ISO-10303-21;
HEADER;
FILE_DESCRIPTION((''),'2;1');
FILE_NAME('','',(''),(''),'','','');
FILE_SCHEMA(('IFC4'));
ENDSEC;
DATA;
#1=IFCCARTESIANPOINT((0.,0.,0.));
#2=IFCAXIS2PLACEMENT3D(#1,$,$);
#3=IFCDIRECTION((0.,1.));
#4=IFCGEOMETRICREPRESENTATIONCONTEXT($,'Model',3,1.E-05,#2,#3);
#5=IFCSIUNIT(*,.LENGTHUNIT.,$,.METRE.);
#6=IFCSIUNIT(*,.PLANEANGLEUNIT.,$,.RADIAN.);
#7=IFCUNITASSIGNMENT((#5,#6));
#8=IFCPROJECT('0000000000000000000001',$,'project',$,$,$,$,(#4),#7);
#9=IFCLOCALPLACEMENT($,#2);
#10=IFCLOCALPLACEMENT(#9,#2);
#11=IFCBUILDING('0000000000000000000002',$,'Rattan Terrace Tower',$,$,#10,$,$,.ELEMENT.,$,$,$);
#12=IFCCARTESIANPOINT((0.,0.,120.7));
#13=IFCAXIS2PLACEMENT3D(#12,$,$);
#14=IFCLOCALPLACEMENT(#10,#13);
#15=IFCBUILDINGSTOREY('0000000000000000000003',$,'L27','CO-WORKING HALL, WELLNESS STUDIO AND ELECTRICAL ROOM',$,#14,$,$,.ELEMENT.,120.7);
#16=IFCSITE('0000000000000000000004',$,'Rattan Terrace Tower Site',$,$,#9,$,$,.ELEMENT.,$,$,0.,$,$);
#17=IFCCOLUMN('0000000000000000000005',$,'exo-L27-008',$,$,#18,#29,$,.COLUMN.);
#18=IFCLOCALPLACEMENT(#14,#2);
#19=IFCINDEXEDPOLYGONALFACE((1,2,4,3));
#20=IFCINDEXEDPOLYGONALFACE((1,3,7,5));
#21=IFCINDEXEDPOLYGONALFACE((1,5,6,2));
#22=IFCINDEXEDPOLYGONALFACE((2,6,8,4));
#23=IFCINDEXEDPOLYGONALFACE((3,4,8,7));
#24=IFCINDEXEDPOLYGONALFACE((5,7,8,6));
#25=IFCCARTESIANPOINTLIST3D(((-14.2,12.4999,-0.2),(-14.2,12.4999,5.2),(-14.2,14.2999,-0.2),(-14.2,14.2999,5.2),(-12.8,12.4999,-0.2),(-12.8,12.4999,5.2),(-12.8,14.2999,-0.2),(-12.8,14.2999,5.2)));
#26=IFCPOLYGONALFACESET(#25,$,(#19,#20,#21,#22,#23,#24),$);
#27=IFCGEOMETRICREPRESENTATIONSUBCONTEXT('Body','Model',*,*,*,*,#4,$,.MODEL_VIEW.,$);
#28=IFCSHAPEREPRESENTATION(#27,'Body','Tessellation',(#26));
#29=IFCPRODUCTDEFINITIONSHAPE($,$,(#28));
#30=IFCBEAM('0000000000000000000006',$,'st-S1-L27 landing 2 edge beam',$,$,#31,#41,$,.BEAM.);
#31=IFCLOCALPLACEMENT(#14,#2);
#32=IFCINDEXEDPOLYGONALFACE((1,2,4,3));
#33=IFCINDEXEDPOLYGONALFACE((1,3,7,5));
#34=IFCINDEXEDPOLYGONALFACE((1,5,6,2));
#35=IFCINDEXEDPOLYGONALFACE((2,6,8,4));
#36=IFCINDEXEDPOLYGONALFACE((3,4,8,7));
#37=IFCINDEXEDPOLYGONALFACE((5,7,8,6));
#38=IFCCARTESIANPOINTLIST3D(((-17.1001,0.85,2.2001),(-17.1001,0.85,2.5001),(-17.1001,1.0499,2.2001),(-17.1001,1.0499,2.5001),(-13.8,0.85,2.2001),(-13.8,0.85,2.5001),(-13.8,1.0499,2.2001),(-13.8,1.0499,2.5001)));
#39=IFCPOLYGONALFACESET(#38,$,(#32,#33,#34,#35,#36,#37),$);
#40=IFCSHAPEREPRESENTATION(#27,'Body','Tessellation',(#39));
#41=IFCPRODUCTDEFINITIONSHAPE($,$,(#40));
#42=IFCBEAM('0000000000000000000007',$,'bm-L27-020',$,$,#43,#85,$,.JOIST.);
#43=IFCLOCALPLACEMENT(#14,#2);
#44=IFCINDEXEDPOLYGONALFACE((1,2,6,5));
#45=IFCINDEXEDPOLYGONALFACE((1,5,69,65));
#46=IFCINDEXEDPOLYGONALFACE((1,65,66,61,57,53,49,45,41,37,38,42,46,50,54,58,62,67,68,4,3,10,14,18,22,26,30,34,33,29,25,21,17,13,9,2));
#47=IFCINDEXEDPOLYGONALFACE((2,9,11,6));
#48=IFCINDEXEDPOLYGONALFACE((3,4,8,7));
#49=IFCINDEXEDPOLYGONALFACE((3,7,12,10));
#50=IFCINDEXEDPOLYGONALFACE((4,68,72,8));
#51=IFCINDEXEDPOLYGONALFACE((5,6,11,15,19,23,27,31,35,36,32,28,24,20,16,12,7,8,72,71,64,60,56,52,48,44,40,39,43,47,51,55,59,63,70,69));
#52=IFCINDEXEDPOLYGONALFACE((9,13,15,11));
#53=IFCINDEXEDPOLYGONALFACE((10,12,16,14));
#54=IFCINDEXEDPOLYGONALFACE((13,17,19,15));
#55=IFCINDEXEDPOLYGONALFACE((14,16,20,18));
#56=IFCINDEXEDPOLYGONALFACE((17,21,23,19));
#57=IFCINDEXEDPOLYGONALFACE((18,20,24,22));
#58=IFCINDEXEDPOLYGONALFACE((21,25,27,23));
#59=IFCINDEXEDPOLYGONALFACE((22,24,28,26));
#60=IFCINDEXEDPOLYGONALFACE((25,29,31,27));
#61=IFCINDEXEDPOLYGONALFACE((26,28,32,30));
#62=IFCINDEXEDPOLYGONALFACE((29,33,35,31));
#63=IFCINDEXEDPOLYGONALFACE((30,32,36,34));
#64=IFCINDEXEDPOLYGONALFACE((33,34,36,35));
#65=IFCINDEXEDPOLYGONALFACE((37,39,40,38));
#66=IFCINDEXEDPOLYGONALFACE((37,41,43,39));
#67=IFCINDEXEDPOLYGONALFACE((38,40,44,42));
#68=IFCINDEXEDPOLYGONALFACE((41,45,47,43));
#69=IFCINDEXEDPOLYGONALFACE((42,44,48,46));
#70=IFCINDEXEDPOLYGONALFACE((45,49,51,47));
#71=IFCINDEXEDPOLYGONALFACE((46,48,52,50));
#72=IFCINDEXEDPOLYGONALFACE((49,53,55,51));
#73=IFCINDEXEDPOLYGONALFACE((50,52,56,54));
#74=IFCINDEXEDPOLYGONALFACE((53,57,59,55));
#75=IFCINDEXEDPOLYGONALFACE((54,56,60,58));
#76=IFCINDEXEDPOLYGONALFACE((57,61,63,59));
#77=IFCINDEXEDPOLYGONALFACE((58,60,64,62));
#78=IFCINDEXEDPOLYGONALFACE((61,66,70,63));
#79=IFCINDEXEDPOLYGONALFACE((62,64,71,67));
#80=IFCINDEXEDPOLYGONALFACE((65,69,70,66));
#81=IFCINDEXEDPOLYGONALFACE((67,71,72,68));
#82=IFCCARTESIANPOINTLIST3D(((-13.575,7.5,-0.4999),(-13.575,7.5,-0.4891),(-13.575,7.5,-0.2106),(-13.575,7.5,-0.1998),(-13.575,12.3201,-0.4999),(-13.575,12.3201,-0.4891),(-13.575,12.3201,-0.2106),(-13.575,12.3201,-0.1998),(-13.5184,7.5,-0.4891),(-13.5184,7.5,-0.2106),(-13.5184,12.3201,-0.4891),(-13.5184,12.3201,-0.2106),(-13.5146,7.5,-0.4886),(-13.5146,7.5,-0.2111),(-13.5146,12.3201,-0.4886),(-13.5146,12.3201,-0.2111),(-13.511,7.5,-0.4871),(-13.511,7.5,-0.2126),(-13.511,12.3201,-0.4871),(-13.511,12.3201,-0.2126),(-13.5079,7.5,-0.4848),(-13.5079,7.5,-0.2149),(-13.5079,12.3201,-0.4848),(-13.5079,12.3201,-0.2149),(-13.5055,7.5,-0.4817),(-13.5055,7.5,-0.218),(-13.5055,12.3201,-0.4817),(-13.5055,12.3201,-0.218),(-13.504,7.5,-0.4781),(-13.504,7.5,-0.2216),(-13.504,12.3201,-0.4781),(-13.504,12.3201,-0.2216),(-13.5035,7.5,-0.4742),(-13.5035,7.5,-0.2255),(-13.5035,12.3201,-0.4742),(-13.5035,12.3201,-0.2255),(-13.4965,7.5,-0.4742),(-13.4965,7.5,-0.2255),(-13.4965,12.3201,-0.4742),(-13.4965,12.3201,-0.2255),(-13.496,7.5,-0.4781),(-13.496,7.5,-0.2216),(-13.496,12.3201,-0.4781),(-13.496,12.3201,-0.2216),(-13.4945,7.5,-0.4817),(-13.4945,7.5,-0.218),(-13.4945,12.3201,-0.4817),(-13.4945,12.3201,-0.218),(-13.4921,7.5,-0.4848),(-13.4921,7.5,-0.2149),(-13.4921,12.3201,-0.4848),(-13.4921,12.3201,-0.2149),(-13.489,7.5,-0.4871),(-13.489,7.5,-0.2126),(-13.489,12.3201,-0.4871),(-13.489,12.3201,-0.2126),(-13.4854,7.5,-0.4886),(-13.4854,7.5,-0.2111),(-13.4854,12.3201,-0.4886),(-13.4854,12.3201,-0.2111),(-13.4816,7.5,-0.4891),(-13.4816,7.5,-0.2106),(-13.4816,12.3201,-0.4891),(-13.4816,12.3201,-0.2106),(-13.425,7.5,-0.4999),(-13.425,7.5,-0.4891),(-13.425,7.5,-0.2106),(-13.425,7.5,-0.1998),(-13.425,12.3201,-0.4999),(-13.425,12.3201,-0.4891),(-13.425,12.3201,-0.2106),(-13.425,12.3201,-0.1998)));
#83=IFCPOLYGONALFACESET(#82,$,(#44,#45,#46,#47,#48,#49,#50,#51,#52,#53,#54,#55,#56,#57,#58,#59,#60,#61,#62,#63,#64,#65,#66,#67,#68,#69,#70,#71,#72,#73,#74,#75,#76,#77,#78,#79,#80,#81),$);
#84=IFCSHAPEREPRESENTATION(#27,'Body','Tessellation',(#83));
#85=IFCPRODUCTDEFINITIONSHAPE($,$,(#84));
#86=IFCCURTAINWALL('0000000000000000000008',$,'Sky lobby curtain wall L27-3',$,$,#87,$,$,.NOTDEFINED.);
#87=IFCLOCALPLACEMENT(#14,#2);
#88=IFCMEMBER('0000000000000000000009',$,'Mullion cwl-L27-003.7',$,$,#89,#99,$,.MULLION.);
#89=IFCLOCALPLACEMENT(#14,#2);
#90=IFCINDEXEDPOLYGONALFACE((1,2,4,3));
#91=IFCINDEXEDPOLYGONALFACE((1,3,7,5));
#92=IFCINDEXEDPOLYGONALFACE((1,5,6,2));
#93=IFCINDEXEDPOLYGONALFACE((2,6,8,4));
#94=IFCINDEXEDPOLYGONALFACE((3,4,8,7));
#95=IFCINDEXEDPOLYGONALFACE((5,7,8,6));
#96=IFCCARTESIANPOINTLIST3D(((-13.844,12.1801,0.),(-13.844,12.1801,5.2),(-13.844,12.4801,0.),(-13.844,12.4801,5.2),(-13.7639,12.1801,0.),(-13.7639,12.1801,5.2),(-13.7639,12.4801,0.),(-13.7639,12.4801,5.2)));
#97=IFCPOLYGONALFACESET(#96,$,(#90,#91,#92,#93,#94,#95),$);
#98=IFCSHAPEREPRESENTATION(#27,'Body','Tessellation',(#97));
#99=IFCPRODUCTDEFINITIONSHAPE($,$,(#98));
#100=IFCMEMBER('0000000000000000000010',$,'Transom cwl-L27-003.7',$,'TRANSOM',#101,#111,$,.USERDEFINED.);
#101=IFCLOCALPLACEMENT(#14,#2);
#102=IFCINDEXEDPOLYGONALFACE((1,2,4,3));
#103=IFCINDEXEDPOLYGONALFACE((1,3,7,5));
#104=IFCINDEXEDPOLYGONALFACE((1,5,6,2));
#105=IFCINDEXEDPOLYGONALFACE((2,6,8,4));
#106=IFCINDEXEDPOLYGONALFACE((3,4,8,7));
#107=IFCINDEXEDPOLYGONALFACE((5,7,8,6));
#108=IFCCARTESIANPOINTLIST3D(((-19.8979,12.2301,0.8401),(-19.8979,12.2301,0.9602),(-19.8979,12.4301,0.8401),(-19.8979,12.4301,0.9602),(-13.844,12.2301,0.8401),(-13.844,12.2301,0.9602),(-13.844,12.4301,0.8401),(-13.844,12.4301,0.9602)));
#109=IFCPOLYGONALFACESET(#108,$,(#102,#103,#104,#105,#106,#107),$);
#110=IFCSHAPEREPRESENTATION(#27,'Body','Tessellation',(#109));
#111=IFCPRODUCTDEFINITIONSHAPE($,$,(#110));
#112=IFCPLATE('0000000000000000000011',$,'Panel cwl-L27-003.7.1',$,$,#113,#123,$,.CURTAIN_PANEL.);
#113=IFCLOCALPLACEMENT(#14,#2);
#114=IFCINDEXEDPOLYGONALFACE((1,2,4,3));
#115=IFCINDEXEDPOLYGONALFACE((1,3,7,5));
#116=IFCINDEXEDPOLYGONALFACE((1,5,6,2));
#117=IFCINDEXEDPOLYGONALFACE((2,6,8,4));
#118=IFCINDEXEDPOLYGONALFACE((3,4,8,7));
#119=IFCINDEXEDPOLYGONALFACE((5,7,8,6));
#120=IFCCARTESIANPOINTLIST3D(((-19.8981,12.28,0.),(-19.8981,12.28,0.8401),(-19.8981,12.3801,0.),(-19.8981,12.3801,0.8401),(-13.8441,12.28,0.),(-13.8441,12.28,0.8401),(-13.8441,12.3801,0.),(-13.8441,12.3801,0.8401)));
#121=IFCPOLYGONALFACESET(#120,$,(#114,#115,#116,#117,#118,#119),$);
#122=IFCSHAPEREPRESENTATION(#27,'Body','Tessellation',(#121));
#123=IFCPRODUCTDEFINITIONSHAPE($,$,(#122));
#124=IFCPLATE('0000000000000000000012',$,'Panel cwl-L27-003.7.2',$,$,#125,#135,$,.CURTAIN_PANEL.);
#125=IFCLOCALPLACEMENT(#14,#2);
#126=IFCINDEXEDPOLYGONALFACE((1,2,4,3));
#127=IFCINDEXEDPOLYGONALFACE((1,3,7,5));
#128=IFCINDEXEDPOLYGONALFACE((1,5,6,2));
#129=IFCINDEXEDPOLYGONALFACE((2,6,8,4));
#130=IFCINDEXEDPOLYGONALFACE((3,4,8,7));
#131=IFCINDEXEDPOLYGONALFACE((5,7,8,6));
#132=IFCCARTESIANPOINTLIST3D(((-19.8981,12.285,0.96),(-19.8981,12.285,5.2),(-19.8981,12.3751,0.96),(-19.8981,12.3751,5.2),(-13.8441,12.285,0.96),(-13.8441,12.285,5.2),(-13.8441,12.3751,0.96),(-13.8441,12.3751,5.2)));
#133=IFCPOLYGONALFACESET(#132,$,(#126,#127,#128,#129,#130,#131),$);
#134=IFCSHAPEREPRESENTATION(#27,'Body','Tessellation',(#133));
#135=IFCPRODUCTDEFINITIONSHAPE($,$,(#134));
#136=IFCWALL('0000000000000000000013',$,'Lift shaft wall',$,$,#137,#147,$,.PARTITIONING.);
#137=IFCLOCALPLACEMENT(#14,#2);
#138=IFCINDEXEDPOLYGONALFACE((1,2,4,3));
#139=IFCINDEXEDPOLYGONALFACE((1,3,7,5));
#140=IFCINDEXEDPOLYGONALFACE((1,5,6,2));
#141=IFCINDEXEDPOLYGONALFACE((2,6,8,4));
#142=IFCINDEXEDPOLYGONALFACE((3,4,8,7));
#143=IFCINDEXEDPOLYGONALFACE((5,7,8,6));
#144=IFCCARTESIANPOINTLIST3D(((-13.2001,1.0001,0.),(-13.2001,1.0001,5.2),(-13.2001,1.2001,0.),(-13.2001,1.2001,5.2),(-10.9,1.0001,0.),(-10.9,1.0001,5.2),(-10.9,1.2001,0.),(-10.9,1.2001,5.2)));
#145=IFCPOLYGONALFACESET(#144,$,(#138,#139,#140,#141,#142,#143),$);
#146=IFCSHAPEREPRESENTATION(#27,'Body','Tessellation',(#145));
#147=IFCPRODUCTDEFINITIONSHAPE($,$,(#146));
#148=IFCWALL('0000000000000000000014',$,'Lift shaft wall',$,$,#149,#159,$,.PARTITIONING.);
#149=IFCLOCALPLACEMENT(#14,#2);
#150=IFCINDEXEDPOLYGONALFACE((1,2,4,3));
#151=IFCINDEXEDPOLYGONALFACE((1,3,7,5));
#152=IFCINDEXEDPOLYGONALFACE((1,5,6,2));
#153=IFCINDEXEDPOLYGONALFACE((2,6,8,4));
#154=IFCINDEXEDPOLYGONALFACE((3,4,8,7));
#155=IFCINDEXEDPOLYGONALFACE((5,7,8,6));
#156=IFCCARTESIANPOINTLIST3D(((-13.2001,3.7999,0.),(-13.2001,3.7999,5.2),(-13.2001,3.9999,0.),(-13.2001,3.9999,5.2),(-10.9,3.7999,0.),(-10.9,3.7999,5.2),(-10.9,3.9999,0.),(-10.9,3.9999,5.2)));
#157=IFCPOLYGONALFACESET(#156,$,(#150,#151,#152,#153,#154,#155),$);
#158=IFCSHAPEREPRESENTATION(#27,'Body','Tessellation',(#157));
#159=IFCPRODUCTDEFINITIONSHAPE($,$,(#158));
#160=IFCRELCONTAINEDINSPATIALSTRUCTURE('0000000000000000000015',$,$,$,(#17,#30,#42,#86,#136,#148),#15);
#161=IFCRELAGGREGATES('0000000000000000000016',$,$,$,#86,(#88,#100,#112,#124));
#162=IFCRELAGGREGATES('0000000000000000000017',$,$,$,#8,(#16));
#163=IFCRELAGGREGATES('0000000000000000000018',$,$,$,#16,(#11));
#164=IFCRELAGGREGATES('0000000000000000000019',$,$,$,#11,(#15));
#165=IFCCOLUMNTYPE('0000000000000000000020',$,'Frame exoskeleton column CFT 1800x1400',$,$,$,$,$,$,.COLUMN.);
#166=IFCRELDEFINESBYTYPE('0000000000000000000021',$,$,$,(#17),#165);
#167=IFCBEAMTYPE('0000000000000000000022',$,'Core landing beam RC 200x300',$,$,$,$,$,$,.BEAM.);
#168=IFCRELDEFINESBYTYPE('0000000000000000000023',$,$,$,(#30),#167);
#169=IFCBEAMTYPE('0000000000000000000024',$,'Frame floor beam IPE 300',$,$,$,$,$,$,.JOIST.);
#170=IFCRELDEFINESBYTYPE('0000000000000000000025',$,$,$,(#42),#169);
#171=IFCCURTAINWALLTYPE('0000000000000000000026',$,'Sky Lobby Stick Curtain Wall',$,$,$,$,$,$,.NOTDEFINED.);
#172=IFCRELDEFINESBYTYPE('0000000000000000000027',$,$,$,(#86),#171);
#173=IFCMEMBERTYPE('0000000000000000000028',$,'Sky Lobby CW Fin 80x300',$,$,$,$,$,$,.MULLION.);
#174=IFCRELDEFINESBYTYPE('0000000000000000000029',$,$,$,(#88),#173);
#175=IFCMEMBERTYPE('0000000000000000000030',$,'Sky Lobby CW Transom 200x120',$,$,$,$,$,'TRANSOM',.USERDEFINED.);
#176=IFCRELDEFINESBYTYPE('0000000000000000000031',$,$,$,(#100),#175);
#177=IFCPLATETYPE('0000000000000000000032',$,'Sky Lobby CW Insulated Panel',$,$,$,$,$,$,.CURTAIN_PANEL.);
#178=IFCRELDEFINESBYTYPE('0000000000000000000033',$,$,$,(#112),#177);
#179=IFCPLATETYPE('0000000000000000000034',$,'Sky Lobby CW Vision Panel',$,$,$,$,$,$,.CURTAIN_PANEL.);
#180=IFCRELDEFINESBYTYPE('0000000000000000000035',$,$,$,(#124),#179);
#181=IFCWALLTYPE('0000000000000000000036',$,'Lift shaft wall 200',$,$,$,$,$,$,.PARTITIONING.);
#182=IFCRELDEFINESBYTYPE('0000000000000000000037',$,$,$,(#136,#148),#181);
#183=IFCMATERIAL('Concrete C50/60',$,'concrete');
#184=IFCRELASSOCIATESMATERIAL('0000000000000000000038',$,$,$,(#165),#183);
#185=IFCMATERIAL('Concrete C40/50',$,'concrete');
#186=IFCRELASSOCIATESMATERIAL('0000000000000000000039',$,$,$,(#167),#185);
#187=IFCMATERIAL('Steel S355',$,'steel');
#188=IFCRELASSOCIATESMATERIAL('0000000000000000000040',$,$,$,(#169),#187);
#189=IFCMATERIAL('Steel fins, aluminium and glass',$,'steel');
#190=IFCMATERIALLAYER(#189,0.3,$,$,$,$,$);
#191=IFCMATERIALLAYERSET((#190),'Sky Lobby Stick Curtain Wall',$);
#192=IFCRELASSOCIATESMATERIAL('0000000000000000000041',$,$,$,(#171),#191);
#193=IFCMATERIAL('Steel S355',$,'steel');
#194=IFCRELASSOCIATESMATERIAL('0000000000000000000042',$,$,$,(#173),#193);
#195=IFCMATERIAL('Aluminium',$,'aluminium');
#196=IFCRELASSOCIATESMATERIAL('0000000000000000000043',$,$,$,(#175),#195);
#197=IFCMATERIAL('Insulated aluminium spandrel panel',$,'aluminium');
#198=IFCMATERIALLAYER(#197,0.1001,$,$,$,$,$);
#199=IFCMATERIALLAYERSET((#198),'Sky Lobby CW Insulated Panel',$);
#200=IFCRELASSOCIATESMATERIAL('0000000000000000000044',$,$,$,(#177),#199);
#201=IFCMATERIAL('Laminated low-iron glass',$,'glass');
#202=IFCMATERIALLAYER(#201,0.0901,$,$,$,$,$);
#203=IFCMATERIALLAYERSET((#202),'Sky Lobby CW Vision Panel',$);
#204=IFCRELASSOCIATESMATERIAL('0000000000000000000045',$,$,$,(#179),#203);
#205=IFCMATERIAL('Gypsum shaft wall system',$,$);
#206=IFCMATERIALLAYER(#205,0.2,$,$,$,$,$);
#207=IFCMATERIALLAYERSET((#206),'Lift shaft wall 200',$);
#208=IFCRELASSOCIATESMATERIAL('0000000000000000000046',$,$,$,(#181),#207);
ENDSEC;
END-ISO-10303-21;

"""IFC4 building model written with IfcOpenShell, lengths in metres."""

from ifc_helpers import new_model, si_unit, direction, frame, frame_2d, origin, origin_2d, place, context, subcontext, project, spatial, rectangle, i_section, extrude, material, layer, layer_set, material_profile, profile_set, type_object, element, aggregate, save


model = new_model("IFC4")

# Units and contexts
model_context = context("Model", 3, precision=1e-05, world=origin(), true_north=direction((0.0, 1.0)))
body_context = subcontext(model_context, "Body", "Model", "MODEL_VIEW")
ifc_project = project(units=[si_unit("LENGTHUNIT", "METRE"), si_unit("PLANEANGLEUNIT", "RADIAN")], contexts=[model_context])

# Site, building, storey
site_placement = place(None, origin())
site = spatial("IfcSite", under=ifc_project, at=site_placement, Name="Rattan Terrace Tower Site", CompositionType="ELEMENT", RefElevation=0.0)
building_placement = place(site_placement, origin())
building = spatial("IfcBuilding", under=site, at=building_placement, Name="Rattan Terrace Tower", CompositionType="ELEMENT")
storey_placement = place(building_placement, frame((0.0, 0.0, 120.7)))
storey = spatial("IfcBuildingStorey", under=building, at=storey_placement, Name="L27", Description="CO-WORKING HALL, WELLNESS STUDIO AND ELECTRICAL ROOM", CompositionType="ELEMENT", Elevation=120.7)

# Column
ifc_material_1 = material(Name="Concrete C50/60", Category="concrete")
ifc_material_profile_1 = material_profile(ifc_material_1, rectangle(XDim=1.3999, YDim=1.8, at=origin_2d()), Name="CFT 1800x1400")
ifc_profile_set_1 = profile_set([ifc_material_profile_1], Name="Concrete C50/60")
column_type = type_object("IfcColumnType", Name="Frame exoskeleton column CFT 1800x1400", PredefinedType="COLUMN", material=ifc_profile_set_1)
column_placement = place(storey_placement, frame((-13.5, 13.3999, -0.2), z_axis=(0.0, 0.0, 1.0), x_axis=(1.0, 0.0, 0.0)))
element("IfcColumn", 1, at=column_placement, inside=storey, type_object=column_type, Name="exo-L27-008", PredefinedType="COLUMN", context=body_context, shape_type="SweptSolid", body=[
    extrude(rectangle(XDim=1.3999, YDim=1.8, at=origin_2d()), origin(), (0.0, 0.0, 1.0), 5.3999),
])

# Beams
ifc_material_2 = material(Name="Concrete C40/50", Category="concrete")
ifc_material_profile_2 = material_profile(ifc_material_2, rectangle(XDim=0.2, YDim=0.3, at=origin_2d()), Name="RC 200x300")
ifc_profile_set_2 = profile_set([ifc_material_profile_2], Name="Concrete C40/50")
beam_type_1 = type_object("IfcBeamType", Name="Core landing beam RC 200x300", PredefinedType="BEAM", material=ifc_profile_set_2)
beam_1_placement = place(storey_placement, frame((-17.1001, 0.95, 2.3501), z_axis=(1.0, 0.0, 0.0), x_axis=(0.0, 1.0, 0.0)))
element("IfcBeam", 2, at=beam_1_placement, inside=storey, type_object=beam_type_1, Name="st-S1-L27 landing 2 edge beam", PredefinedType="BEAM", context=body_context, shape_type="SweptSolid", body=[
    extrude(rectangle(XDim=0.2, YDim=0.3, at=origin_2d()), origin(), (0.0, 0.0, 1.0), 3.3),
])
ifc_material_3 = material(Name="Steel S355", Category="steel")
ifc_material_profile_3 = material_profile(ifc_material_3, i_section(OverallWidth=0.1499, OverallDepth=0.3, WebThickness=0.0071, FlangeThickness=0.0107, FilletRadius=0.0149, at=origin_2d()), Name="IPE 300")
ifc_profile_set_3 = profile_set([ifc_material_profile_3], Name="Steel S355")
beam_type_2 = type_object("IfcBeamType", Name="Frame floor beam IPE 300", PredefinedType="JOIST", material=ifc_profile_set_3)
beam_2_placement = place(storey_placement, frame((-13.5, 7.5, -0.3499), z_axis=(0.0, 1.0, 0.0), x_axis=(-1.0, 0.0, 0.0)))
element("IfcBeam", 3, at=beam_2_placement, inside=storey, type_object=beam_type_2, Name="bm-L27-020", PredefinedType="JOIST", context=body_context, shape_type="SweptSolid", body=[
    extrude(i_section(OverallWidth=0.1499, OverallDepth=0.3, WebThickness=0.0071, FlangeThickness=0.0107, FilletRadius=0.0149, at=origin_2d()), origin(), (0.0, 0.0, 1.0), 4.8201),
])

# Curtain wall, members, plates
ifc_material_4 = material(Name="Steel fins, aluminium and glass", Category="steel")
ifc_layer_1 = layer(ifc_material_4, 0.3)
ifc_layer_set_1 = layer_set([ifc_layer_1], Name="Sky Lobby Stick Curtain Wall")
curtain_wall_type = type_object("IfcCurtainWallType", Name="Sky Lobby Stick Curtain Wall", PredefinedType="NOTDEFINED", material=ifc_layer_set_1)
curtain_wall_placement = place(storey_placement, origin())
curtain_wall = element("IfcCurtainWall", 4, at=curtain_wall_placement, inside=storey, type_object=curtain_wall_type, Name="Sky lobby curtain wall L27-3", PredefinedType="NOTDEFINED")
ifc_material_5 = material(Name="Steel S355", Category="steel")
ifc_material_profile_4 = material_profile(ifc_material_5, rectangle(XDim=0.0801, YDim=0.3, at=origin_2d()), Name="Steel S355 80x300")
ifc_profile_set_4 = profile_set([ifc_material_profile_4], Name="Steel S355")
member_type_1 = type_object("IfcMemberType", Name="Sky Lobby CW Fin 80x300", PredefinedType="MULLION", material=ifc_profile_set_4)
member_1_placement = place(storey_placement, frame((-13.804, 12.3301, 0.0), z_axis=(0.0, 0.0, 1.0), x_axis=(-1.0, 0.0, 0.0)))
member_1 = element("IfcMember", 5, at=member_1_placement, type_object=member_type_1, Name="Mullion cwl-L27-003.7", PredefinedType="MULLION", context=body_context, shape_type="SweptSolid", body=[
    extrude(rectangle(XDim=0.0801, YDim=0.3, at=origin_2d()), origin(), (0.0, 0.0, 1.0), 5.2),
])
ifc_material_6 = material(Name="Aluminium", Category="aluminium")
ifc_material_profile_5 = material_profile(ifc_material_6, rectangle(XDim=0.2, YDim=0.1201, at=origin_2d()), Name="Aluminium 200x120")
ifc_profile_set_5 = profile_set([ifc_material_profile_5], Name="Aluminium")
member_type_2 = type_object("IfcMemberType", Name="Sky Lobby CW Transom 200x120", ElementType="TRANSOM", PredefinedType="USERDEFINED", material=ifc_profile_set_5)
member_2_placement = place(storey_placement, frame((-13.844, 12.3301, 0.9001), z_axis=(-1.0, 0.0, 0.0), x_axis=(0.0, -1.0, 0.0)))
member_2 = element("IfcMember", 6, at=member_2_placement, type_object=member_type_2, Name="Transom cwl-L27-003.7", ObjectType="TRANSOM", PredefinedType="USERDEFINED", context=body_context, shape_type="SweptSolid", body=[
    extrude(rectangle(XDim=0.2, YDim=0.1201, at=origin_2d()), origin(), (0.0, 0.0, 1.0), 6.054),
])
ifc_material_7 = material(Name="Insulated aluminium spandrel panel", Category="aluminium")
ifc_layer_2 = layer(ifc_material_7, 0.1001)
ifc_layer_set_2 = layer_set([ifc_layer_2], Name="Sky Lobby CW Insulated Panel")
plate_type_1 = type_object("IfcPlateType", Name="Sky Lobby CW Insulated Panel", PredefinedType="CURTAIN_PANEL", material=ifc_layer_set_2)
plate_1_placement = place(storey_placement, frame((-16.8711, 12.3301, 0.0), z_axis=(0.0, 0.0, 1.0), x_axis=(-1.0, 0.0, 0.0)))
plate_1 = element("IfcPlate", 7, at=plate_1_placement, type_object=plate_type_1, Name="Panel cwl-L27-003.7.1", PredefinedType="CURTAIN_PANEL", context=body_context, shape_type="SweptSolid", body=[
    extrude(rectangle(XDim=6.054, YDim=0.1001, at=origin_2d()), origin(), (0.0, 0.0, 1.0), 0.8401),
])
ifc_material_8 = material(Name="Laminated low-iron glass", Category="glass")
ifc_layer_3 = layer(ifc_material_8, 0.0901)
ifc_layer_set_3 = layer_set([ifc_layer_3], Name="Sky Lobby CW Vision Panel")
plate_type_2 = type_object("IfcPlateType", Name="Sky Lobby CW Vision Panel", PredefinedType="CURTAIN_PANEL", material=ifc_layer_set_3)
plate_2_placement = place(storey_placement, frame((-16.8711, 12.3301, 0.96), z_axis=(0.0, 0.0, 1.0), x_axis=(-1.0, 0.0, 0.0)))
plate_2 = element("IfcPlate", 8, at=plate_2_placement, type_object=plate_type_2, Name="Panel cwl-L27-003.7.2", PredefinedType="CURTAIN_PANEL", context=body_context, shape_type="SweptSolid", body=[
    extrude(rectangle(XDim=6.054, YDim=0.0901, at=origin_2d()), origin(), (0.0, 0.0, 1.0), 4.24),
])
aggregate(curtain_wall, [member_1, member_2, plate_1, plate_2])

# Walls
ifc_material_9 = material(Name="Gypsum shaft wall system")
ifc_layer_4 = layer(ifc_material_9, 0.2)
ifc_layer_set_4 = layer_set([ifc_layer_4], Name="Lift shaft wall 200")
wall_type = type_object("IfcWallType", Name="Lift shaft wall 200", PredefinedType="PARTITIONING", material=ifc_layer_set_4)
for number, where, z_axis, x_axis, name in (
    (9, (-13.2, 1.1001, 0.0), (0.0, 0.0, 1.0), (1.0, 0.0, 0.0), "Lift shaft wall"),
    (10, (-13.2, 3.8999, 0.0), (0.0, 0.0, 1.0), (1.0, 0.0, 0.0), "Lift shaft wall"),
):
    element("IfcWall", number, at=place(storey_placement, frame(where, z_axis=z_axis, x_axis=x_axis)), inside=storey, type_object=wall_type, Name=name, PredefinedType="PARTITIONING", context=body_context, shape_type="SweptSolid", body=[
        extrude(rectangle(XDim=2.3, YDim=0.2, at=frame_2d((1.1499, 0.0))), origin(), (0.0, 0.0, 1.0), 5.2),
    ])

save(model, "model.ifc")
